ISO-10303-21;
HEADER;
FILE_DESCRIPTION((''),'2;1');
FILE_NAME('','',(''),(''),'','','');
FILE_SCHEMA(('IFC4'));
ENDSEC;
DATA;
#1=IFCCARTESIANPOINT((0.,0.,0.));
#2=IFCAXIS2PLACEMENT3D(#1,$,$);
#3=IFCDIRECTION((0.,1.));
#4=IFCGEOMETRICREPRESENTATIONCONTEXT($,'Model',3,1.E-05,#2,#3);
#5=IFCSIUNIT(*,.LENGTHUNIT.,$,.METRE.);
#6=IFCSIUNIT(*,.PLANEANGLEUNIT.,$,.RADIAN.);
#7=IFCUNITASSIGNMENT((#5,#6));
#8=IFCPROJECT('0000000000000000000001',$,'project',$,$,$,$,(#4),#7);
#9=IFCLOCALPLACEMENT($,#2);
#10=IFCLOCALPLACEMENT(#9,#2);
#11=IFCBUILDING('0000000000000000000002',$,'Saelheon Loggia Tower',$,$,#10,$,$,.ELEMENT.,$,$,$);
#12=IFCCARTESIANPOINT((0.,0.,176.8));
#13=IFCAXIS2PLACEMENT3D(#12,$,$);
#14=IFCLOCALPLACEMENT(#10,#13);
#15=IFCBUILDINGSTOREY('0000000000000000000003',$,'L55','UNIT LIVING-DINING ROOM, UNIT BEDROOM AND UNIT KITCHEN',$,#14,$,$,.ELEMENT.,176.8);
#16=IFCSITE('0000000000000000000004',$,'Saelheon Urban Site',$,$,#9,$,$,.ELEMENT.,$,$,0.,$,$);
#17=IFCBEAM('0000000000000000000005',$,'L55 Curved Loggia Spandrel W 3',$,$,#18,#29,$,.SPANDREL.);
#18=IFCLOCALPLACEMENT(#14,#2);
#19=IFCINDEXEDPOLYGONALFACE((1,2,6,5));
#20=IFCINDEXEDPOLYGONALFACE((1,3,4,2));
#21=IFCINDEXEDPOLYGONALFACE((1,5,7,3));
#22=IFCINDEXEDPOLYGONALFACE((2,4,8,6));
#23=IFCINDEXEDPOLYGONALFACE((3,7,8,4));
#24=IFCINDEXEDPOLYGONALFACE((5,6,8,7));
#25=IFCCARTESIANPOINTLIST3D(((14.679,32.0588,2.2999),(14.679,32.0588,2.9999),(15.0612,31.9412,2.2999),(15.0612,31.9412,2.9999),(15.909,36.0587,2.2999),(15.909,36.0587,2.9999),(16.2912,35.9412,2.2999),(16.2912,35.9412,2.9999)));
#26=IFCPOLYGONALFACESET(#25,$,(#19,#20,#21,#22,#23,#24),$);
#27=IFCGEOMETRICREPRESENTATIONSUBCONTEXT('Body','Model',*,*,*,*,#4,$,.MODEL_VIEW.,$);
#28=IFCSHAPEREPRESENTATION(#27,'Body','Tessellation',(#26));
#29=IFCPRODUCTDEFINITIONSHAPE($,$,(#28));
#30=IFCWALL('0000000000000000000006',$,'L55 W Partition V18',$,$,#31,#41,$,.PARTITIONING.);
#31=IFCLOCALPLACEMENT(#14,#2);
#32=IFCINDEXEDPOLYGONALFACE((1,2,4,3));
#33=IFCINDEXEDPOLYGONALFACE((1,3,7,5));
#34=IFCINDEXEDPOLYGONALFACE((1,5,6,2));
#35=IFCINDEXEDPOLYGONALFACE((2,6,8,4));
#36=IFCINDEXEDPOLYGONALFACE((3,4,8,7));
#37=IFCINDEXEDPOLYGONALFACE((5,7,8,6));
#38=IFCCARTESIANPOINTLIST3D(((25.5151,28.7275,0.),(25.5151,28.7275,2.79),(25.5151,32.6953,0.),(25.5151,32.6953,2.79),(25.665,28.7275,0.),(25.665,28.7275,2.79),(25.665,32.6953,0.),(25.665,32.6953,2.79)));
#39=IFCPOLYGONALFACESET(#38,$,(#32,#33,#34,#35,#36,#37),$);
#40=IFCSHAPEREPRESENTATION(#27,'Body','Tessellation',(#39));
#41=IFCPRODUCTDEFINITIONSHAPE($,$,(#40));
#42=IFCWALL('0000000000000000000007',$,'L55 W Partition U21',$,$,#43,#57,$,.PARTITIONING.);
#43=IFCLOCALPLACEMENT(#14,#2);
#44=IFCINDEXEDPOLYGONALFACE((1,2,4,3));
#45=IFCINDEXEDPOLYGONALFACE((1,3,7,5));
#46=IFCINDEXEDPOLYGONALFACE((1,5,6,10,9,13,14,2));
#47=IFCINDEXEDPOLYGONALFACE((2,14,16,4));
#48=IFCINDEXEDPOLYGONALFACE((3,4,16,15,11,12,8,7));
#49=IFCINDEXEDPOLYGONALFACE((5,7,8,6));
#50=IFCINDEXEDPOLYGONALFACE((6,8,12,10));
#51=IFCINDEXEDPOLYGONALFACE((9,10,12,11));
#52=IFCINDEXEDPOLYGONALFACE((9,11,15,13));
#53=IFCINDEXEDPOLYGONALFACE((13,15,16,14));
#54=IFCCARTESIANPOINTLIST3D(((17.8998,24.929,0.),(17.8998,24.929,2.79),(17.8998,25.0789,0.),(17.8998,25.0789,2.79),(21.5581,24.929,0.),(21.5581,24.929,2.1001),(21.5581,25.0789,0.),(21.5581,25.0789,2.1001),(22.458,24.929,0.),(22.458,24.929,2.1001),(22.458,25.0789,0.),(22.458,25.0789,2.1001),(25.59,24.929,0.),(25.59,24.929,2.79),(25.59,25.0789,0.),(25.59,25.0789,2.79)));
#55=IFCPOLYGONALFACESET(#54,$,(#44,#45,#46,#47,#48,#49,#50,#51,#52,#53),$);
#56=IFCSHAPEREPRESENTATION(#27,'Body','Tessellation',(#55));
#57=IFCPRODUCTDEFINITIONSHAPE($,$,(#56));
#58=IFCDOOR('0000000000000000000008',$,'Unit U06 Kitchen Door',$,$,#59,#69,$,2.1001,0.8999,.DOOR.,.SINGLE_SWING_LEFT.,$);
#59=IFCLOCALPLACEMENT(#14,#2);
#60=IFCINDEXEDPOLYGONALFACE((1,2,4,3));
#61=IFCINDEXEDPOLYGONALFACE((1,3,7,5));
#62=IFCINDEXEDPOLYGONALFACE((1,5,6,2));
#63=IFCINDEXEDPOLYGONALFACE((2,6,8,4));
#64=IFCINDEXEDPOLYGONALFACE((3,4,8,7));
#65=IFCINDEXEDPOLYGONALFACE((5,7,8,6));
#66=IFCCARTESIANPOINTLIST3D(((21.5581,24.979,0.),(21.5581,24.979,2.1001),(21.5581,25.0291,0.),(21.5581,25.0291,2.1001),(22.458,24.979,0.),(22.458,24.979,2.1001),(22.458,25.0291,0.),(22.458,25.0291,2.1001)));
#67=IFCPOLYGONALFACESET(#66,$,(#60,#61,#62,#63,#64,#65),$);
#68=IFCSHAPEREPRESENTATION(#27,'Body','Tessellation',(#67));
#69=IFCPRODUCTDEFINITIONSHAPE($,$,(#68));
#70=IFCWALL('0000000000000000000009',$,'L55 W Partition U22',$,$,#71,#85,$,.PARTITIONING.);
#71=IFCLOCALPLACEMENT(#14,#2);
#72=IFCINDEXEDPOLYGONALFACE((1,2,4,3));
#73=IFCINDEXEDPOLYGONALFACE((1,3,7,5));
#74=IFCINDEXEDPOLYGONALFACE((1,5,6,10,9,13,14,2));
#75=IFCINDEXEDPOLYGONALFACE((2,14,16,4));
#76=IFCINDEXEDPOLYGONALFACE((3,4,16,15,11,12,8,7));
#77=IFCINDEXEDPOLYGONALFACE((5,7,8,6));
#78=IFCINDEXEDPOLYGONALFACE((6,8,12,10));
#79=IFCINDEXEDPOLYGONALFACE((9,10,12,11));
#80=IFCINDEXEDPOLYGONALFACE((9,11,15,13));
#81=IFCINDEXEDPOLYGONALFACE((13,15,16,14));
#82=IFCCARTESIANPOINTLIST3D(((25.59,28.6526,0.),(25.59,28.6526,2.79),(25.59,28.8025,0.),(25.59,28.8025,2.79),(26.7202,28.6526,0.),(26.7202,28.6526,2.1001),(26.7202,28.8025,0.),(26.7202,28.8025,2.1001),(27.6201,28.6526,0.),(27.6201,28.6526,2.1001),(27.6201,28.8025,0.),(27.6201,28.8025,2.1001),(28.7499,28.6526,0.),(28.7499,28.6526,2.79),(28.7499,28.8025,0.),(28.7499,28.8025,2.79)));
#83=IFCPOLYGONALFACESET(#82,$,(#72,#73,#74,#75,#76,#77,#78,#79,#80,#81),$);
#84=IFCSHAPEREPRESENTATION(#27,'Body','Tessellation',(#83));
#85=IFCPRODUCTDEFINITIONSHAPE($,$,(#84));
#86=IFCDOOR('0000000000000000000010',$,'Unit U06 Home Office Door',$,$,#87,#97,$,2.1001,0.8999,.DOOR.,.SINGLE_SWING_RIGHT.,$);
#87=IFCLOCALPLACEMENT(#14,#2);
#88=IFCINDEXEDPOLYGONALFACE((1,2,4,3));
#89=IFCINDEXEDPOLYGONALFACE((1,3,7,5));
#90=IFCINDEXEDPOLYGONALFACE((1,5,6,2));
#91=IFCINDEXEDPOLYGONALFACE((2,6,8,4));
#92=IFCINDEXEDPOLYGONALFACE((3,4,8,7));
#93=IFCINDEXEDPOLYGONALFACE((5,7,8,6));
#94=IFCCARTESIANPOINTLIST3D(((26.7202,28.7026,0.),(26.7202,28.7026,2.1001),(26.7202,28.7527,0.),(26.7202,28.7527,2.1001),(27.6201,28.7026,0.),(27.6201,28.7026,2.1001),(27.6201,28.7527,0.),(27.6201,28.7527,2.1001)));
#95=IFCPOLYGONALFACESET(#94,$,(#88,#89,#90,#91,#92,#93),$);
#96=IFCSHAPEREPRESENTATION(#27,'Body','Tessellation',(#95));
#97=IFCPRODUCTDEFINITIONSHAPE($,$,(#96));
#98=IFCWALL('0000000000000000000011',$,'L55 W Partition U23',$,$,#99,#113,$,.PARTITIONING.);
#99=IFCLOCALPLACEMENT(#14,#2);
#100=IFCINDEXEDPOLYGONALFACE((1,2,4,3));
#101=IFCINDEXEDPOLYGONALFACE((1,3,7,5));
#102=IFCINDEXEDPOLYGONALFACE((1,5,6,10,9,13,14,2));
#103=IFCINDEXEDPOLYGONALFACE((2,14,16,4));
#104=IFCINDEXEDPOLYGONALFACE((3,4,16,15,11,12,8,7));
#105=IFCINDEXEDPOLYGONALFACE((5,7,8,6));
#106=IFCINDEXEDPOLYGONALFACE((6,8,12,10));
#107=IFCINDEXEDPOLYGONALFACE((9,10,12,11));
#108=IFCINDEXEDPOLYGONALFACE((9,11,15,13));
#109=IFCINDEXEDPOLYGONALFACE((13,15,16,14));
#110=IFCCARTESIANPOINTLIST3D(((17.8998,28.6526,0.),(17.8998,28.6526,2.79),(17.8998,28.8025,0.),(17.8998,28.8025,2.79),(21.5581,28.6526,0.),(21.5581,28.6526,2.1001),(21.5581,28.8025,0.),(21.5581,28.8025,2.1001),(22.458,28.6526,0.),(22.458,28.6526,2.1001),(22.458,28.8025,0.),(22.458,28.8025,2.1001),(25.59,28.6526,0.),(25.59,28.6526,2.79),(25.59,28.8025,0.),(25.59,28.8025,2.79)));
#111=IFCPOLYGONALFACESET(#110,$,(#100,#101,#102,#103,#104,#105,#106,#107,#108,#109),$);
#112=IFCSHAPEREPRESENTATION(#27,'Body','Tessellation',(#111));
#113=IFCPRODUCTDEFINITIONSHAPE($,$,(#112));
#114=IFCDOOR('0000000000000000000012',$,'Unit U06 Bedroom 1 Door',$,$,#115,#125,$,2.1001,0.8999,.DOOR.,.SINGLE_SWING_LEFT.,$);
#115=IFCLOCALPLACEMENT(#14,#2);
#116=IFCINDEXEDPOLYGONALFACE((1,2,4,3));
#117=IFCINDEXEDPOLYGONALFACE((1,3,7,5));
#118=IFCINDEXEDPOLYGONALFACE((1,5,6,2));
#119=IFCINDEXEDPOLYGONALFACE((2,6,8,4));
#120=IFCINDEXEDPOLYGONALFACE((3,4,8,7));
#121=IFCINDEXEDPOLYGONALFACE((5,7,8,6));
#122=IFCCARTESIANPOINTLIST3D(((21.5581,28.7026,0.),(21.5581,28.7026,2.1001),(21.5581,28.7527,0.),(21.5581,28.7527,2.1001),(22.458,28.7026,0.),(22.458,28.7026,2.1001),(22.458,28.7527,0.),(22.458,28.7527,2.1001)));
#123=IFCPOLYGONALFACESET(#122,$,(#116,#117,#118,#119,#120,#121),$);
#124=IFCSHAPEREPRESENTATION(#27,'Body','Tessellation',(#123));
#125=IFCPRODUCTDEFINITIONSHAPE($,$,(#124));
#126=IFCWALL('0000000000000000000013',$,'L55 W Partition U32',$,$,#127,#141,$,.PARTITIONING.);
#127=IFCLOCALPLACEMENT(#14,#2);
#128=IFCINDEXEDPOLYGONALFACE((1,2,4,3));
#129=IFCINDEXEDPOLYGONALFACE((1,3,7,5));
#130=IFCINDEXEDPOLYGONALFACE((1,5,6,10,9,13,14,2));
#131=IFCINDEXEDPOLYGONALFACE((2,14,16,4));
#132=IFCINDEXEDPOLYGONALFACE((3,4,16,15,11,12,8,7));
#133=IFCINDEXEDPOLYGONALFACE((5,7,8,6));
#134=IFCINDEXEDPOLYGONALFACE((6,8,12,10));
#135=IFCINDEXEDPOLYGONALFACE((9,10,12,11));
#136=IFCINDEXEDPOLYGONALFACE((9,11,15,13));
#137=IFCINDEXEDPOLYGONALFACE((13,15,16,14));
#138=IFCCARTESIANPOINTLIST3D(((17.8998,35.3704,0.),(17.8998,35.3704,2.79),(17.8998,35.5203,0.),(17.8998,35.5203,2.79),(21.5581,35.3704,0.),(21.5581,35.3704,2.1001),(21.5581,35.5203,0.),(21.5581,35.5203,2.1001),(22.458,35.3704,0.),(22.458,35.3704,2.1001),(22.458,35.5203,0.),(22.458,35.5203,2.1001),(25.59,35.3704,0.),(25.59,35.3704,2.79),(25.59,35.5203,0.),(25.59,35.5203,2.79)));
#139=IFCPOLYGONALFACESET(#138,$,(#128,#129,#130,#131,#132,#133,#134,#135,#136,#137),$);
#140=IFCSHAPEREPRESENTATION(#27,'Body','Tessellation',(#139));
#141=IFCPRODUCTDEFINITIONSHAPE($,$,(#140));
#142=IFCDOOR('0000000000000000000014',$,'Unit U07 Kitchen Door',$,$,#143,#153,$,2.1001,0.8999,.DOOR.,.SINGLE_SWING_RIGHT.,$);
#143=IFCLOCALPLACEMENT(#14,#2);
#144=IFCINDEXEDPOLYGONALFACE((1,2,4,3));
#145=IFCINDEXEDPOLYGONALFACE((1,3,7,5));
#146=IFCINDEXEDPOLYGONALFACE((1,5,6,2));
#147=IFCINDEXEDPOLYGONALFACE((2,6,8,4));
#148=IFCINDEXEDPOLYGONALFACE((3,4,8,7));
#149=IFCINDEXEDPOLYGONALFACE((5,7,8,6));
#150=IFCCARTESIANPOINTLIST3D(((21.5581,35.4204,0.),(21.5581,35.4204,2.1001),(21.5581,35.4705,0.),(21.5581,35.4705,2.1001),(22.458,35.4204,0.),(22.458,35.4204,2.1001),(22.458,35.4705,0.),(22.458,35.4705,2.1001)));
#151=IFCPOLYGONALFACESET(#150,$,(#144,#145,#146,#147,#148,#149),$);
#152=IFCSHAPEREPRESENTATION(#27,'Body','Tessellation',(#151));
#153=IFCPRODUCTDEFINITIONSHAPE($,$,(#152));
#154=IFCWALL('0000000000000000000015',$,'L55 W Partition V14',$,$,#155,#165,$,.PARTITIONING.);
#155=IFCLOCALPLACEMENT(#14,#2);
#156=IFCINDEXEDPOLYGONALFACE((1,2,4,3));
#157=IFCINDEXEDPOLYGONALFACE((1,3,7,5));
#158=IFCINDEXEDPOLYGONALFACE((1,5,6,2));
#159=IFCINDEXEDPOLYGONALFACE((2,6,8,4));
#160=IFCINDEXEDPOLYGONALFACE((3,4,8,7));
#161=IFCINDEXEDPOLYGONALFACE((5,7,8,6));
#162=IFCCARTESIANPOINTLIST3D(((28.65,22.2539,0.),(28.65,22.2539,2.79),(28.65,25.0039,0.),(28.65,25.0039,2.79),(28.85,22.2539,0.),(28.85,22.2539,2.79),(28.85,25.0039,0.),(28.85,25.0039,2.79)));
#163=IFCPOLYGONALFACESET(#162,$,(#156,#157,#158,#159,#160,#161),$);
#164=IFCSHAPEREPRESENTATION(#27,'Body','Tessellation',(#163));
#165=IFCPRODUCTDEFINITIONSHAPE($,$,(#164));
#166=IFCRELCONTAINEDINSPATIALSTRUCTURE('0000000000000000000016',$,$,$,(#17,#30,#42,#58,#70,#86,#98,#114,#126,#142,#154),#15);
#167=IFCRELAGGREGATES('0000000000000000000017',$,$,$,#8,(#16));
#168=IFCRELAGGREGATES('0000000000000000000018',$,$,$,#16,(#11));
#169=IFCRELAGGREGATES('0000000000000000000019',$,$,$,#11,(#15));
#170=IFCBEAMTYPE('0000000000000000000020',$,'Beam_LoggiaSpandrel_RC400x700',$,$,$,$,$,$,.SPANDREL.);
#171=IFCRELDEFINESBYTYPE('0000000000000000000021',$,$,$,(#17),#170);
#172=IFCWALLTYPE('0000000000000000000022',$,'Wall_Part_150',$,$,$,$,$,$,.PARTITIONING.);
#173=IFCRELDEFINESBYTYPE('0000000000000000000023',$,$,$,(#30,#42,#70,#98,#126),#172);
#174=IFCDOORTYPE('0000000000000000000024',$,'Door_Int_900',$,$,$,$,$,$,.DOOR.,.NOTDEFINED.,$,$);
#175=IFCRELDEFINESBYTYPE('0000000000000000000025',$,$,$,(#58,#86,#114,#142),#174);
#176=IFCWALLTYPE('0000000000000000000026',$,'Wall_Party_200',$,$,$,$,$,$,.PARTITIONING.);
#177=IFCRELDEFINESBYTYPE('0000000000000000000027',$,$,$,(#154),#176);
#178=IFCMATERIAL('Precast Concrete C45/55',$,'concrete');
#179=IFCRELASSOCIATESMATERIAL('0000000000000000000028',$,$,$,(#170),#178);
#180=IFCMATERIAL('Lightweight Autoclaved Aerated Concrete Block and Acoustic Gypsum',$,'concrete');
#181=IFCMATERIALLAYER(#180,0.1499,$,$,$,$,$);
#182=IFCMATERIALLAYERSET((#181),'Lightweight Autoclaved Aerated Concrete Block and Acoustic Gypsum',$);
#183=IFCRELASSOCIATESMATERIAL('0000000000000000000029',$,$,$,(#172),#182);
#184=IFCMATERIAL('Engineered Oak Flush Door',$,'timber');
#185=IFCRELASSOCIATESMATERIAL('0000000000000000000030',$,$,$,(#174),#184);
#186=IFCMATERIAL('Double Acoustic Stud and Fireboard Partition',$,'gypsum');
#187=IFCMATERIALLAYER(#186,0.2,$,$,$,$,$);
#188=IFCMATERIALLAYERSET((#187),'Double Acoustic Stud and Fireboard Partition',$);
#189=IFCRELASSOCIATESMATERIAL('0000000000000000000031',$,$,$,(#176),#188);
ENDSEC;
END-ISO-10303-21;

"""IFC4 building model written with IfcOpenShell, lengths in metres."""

from ifc_helpers import new_model, si_unit, direction, frame, frame_2d, origin, origin_2d, place, context, subcontext, project, spatial, rectangle, extrude, source, transform, mapped, material, layer, layer_set, material_profile, profile_set, type_object, element, fill, save


model = new_model("IFC4")

# Units and contexts
model_context = context("Model", 3, precision=1e-05, world=origin(), true_north=direction((0.0, 1.0)))
body_context = subcontext(model_context, "Body", "Model", "MODEL_VIEW")
ifc_project = project(units=[si_unit("LENGTHUNIT", "METRE"), si_unit("PLANEANGLEUNIT", "RADIAN")], contexts=[model_context])

# Site, building, storey
site_placement = place(None, origin())
site = spatial("IfcSite", under=ifc_project, at=site_placement, Name="Saelheon Urban Site", CompositionType="ELEMENT", RefElevation=0.0)
building_placement = place(site_placement, origin())
building = spatial("IfcBuilding", under=site, at=building_placement, Name="Saelheon Loggia Tower", CompositionType="ELEMENT")
storey_placement = place(building_placement, frame((0.0, 0.0, 176.8)))
storey = spatial("IfcBuildingStorey", under=building, at=storey_placement, Name="L55", Description="UNIT LIVING-DINING ROOM, UNIT BEDROOM AND UNIT KITCHEN", CompositionType="ELEMENT", Elevation=176.8)

# Beam
ifc_material_1 = material(Name="Precast Concrete C45/55", Category="concrete")
ifc_material_profile = material_profile(ifc_material_1, rectangle(XDim=0.3999, YDim=0.7, at=origin_2d()), Name="RC-400x700")
ifc_profile_set = profile_set([ifc_material_profile], Name="Precast Concrete C45/55")
beam_type = type_object("IfcBeamType", Name="Beam_LoggiaSpandrel_RC400x700", PredefinedType="SPANDREL", material=ifc_profile_set)
shared_shape_1 = source(origin(), body_context, "Body", "SweptSolid", [
    extrude(rectangle(XDim=0.3999, YDim=0.7, at=origin_2d()), origin(), (0.0, 0.0, 1.0), 4.1848),
])
beam_placement = place(storey_placement, frame((14.8701, 32.0, 2.6499), z_axis=(0.293914, 0.955832, 0.0), x_axis=(-0.955832, 0.293914, 0.0)))
element("IfcBeam", 1, at=beam_placement, inside=storey, type_object=beam_type, Name="L55 Curved Loggia Spandrel W 3", PredefinedType="SPANDREL", context=body_context, shape_type="MappedRepresentation", body=[
    mapped(shared_shape_1, transform((0.0, 0.0, 0.0), scale=1.0)),
])

# Wall
ifc_material_2 = material(Name="Lightweight Autoclaved Aerated Concrete Block and Acoustic Gypsum", Category="concrete")
ifc_layer_1 = layer(ifc_material_2, 0.1499)
ifc_layer_set_1 = layer_set([ifc_layer_1], Name="Lightweight Autoclaved Aerated Concrete Block and Acoustic Gypsum")
wall_type_1 = type_object("IfcWallType", Name="Wall_Part_150", PredefinedType="PARTITIONING", material=ifc_layer_set_1)
wall_1_placement = place(storey_placement, frame((25.5901, 28.7275, 0.0), z_axis=(0.0, 0.0, 1.0), x_axis=(0.0, 1.0, 0.0)))
element("IfcWall", 2, at=wall_1_placement, inside=storey, type_object=wall_type_1, Name="L55 W Partition V18", PredefinedType="PARTITIONING", context=body_context, shape_type="SweptSolid", body=[
    extrude(rectangle(XDim=3.9678, YDim=0.1499, at=frame_2d((1.9839, 0.0))), origin(), (0.0, 0.0, 1.0), 2.79),
])

# Walls, openings, doors
wall_2_placement = place(storey_placement, frame((25.5901, 25.0039, 0.0), z_axis=(0.0, 0.0, 1.0), x_axis=(-1.0, 0.0, 0.0)))
wall_2 = element("IfcWall", 3, at=wall_2_placement, inside=storey, type_object=wall_type_1, Name="L55 W Partition U21", PredefinedType="PARTITIONING", context=body_context, shape_type="SweptSolid", body=[
    extrude(rectangle(XDim=7.6902, YDim=0.1499, at=frame_2d((3.8452, 0.0))), origin(), (0.0, 0.0, 1.0), 2.79),
])
opening_1_placement = place(wall_2_placement, frame((3.1321, 0.0, 0.0)))
opening_1 = element("IfcOpeningElement", 4, at=opening_1_placement, cuts=wall_2, PredefinedType="OPENING", context=body_context, shape_type="SweptSolid", body=[
    extrude(rectangle(XDim=0.8999, YDim=2.1001, at=frame_2d((0.45, 1.05))), frame((0.0, 0.0869, 0.0), z_axis=(0.0, -1.0, 0.0), x_axis=(1.0, 0.0, 0.0)), (0.0, 0.0, 1.0), 0.1738),
])
ifc_material_3 = material(Name="Engineered Oak Flush Door", Category="timber")
door_type_1 = type_object("IfcDoorType", Name="Door_Int_900", OperationType="NOTDEFINED", PredefinedType="DOOR", material=ifc_material_3)
shared_shape_2 = source(origin(), body_context, "Body", "SweptSolid", [
    extrude(rectangle(XDim=0.8999, YDim=2.1001, at=frame_2d((0.45, 1.05))), frame((0.0, 0.0249, 0.0), z_axis=(0.0, -1.0, 0.0), x_axis=(1.0, 0.0, 0.0)), (0.0, 0.0, 1.0), 0.05),
])
door_1_placement = place(opening_1_placement, origin())
door_1 = element("IfcDoor", 5, at=door_1_placement, inside=storey, type_object=door_type_1, Name="Unit U06 Kitchen Door", OperationType="SINGLE_SWING_LEFT", OverallHeight=2.1001, OverallWidth=0.8999, PredefinedType="DOOR", context=body_context, shape_type="MappedRepresentation", body=[
    mapped(shared_shape_2, transform((0.0, 0.0, 0.0), scale=1.0)),
])
fill(opening_1, door_1)
wall_3_placement = place(storey_placement, frame((28.75, 28.7275, 0.0), z_axis=(0.0, 0.0, 1.0), x_axis=(-1.0, 0.0, 0.0)))
wall_3 = element("IfcWall", 6, at=wall_3_placement, inside=storey, type_object=wall_type_1, Name="L55 W Partition U22", PredefinedType="PARTITIONING", context=body_context, shape_type="SweptSolid", body=[
    extrude(rectangle(XDim=3.1599, YDim=0.1499, at=frame_2d((1.5801, 0.0))), origin(), (0.0, 0.0, 1.0), 2.79),
])
opening_2_placement = place(wall_3_placement, frame((1.1299, 0.0, 0.0)))
opening_2 = element("IfcOpeningElement", 7, at=opening_2_placement, cuts=wall_3, PredefinedType="OPENING", context=body_context, shape_type="SweptSolid", body=[
    extrude(rectangle(XDim=0.8999, YDim=2.1001, at=frame_2d((0.45, 1.05))), frame((0.0, 0.0869, 0.0), z_axis=(0.0, -1.0, 0.0), x_axis=(1.0, 0.0, 0.0)), (0.0, 0.0, 1.0), 0.1738),
])
door_2_placement = place(opening_2_placement, origin())
door_2 = element("IfcDoor", 8, at=door_2_placement, inside=storey, type_object=door_type_1, Name="Unit U06 Home Office Door", OperationType="SINGLE_SWING_RIGHT", OverallHeight=2.1001, OverallWidth=0.8999, PredefinedType="DOOR", context=body_context, shape_type="MappedRepresentation", body=[
    mapped(shared_shape_2, transform((0.0, 0.0, 0.0), scale=1.0)),
])
fill(opening_2, door_2)
wall_4_placement = place(storey_placement, frame((25.5901, 28.7275, 0.0), z_axis=(0.0, 0.0, 1.0), x_axis=(-1.0, 0.0, 0.0)))
wall_4 = element("IfcWall", 9, at=wall_4_placement, inside=storey, type_object=wall_type_1, Name="L55 W Partition U23", PredefinedType="PARTITIONING", context=body_context, shape_type="SweptSolid", body=[
    extrude(rectangle(XDim=7.6902, YDim=0.1499, at=frame_2d((3.8452, 0.0))), origin(), (0.0, 0.0, 1.0), 2.79),
])
opening_3_placement = place(wall_4_placement, frame((3.1321, 0.0, 0.0)))
opening_3 = element("IfcOpeningElement", 10, at=opening_3_placement, cuts=wall_4, PredefinedType="OPENING", context=body_context, shape_type="SweptSolid", body=[
    extrude(rectangle(XDim=0.8999, YDim=2.1001, at=frame_2d((0.45, 1.05))), frame((0.0, 0.0869, 0.0), z_axis=(0.0, -1.0, 0.0), x_axis=(1.0, 0.0, 0.0)), (0.0, 0.0, 1.0), 0.1738),
])
door_3_placement = place(opening_3_placement, origin())
door_3 = element("IfcDoor", 11, at=door_3_placement, inside=storey, type_object=door_type_1, Name="Unit U06 Bedroom 1 Door", OperationType="SINGLE_SWING_LEFT", OverallHeight=2.1001, OverallWidth=0.8999, PredefinedType="DOOR", context=body_context, shape_type="MappedRepresentation", body=[
    mapped(shared_shape_2, transform((0.0, 0.0, 0.0), scale=1.0)),
])
fill(opening_3, door_3)
wall_5_placement = place(storey_placement, frame((25.5901, 35.4453, 0.0), z_axis=(0.0, 0.0, 1.0), x_axis=(-1.0, 0.0, 0.0)))
wall_5 = element("IfcWall", 12, at=wall_5_placement, inside=storey, type_object=wall_type_1, Name="L55 W Partition U32", PredefinedType="PARTITIONING", context=body_context, shape_type="SweptSolid", body=[
    extrude(rectangle(XDim=7.6902, YDim=0.1499, at=frame_2d((3.8452, 0.0))), origin(), (0.0, 0.0, 1.0), 2.79),
])
opening_4_placement = place(wall_5_placement, frame((3.1321, 0.0, 0.0)))
opening_4 = element("IfcOpeningElement", 13, at=opening_4_placement, cuts=wall_5, PredefinedType="OPENING", context=body_context, shape_type="SweptSolid", body=[
    extrude(rectangle(XDim=0.8999, YDim=2.1001, at=frame_2d((0.45, 1.05))), frame((0.0, 0.0869, 0.0), z_axis=(0.0, -1.0, 0.0), x_axis=(1.0, 0.0, 0.0)), (0.0, 0.0, 1.0), 0.1738),
])
door_4_placement = place(opening_4_placement, origin())
door_4 = element("IfcDoor", 14, at=door_4_placement, inside=storey, type_object=door_type_1, Name="Unit U07 Kitchen Door", OperationType="SINGLE_SWING_RIGHT", OverallHeight=2.1001, OverallWidth=0.8999, PredefinedType="DOOR", context=body_context, shape_type="MappedRepresentation", body=[
    mapped(shared_shape_2, transform((0.0, 0.0, 0.0), scale=1.0)),
])
fill(opening_4, door_4)

# Wall
ifc_material_4 = material(Name="Double Acoustic Stud and Fireboard Partition", Category="gypsum")
ifc_layer_2 = layer(ifc_material_4, 0.2)
ifc_layer_set_2 = layer_set([ifc_layer_2], Name="Double Acoustic Stud and Fireboard Partition")
wall_type_2 = type_object("IfcWallType", Name="Wall_Party_200", PredefinedType="PARTITIONING", material=ifc_layer_set_2)
wall_6_placement = place(storey_placement, frame((28.75, 22.2539, 0.0), z_axis=(0.0, 0.0, 1.0), x_axis=(0.0, 1.0, 0.0)))
element("IfcWall", 15, at=wall_6_placement, inside=storey, type_object=wall_type_2, Name="L55 W Partition V14", PredefinedType="PARTITIONING", context=body_context, shape_type="SweptSolid", body=[
    extrude(rectangle(XDim=2.75, YDim=0.2, at=frame_2d((1.375, 0.0))), origin(), (0.0, 0.0, 1.0), 2.79),
])

save(model, "model.ifc")
